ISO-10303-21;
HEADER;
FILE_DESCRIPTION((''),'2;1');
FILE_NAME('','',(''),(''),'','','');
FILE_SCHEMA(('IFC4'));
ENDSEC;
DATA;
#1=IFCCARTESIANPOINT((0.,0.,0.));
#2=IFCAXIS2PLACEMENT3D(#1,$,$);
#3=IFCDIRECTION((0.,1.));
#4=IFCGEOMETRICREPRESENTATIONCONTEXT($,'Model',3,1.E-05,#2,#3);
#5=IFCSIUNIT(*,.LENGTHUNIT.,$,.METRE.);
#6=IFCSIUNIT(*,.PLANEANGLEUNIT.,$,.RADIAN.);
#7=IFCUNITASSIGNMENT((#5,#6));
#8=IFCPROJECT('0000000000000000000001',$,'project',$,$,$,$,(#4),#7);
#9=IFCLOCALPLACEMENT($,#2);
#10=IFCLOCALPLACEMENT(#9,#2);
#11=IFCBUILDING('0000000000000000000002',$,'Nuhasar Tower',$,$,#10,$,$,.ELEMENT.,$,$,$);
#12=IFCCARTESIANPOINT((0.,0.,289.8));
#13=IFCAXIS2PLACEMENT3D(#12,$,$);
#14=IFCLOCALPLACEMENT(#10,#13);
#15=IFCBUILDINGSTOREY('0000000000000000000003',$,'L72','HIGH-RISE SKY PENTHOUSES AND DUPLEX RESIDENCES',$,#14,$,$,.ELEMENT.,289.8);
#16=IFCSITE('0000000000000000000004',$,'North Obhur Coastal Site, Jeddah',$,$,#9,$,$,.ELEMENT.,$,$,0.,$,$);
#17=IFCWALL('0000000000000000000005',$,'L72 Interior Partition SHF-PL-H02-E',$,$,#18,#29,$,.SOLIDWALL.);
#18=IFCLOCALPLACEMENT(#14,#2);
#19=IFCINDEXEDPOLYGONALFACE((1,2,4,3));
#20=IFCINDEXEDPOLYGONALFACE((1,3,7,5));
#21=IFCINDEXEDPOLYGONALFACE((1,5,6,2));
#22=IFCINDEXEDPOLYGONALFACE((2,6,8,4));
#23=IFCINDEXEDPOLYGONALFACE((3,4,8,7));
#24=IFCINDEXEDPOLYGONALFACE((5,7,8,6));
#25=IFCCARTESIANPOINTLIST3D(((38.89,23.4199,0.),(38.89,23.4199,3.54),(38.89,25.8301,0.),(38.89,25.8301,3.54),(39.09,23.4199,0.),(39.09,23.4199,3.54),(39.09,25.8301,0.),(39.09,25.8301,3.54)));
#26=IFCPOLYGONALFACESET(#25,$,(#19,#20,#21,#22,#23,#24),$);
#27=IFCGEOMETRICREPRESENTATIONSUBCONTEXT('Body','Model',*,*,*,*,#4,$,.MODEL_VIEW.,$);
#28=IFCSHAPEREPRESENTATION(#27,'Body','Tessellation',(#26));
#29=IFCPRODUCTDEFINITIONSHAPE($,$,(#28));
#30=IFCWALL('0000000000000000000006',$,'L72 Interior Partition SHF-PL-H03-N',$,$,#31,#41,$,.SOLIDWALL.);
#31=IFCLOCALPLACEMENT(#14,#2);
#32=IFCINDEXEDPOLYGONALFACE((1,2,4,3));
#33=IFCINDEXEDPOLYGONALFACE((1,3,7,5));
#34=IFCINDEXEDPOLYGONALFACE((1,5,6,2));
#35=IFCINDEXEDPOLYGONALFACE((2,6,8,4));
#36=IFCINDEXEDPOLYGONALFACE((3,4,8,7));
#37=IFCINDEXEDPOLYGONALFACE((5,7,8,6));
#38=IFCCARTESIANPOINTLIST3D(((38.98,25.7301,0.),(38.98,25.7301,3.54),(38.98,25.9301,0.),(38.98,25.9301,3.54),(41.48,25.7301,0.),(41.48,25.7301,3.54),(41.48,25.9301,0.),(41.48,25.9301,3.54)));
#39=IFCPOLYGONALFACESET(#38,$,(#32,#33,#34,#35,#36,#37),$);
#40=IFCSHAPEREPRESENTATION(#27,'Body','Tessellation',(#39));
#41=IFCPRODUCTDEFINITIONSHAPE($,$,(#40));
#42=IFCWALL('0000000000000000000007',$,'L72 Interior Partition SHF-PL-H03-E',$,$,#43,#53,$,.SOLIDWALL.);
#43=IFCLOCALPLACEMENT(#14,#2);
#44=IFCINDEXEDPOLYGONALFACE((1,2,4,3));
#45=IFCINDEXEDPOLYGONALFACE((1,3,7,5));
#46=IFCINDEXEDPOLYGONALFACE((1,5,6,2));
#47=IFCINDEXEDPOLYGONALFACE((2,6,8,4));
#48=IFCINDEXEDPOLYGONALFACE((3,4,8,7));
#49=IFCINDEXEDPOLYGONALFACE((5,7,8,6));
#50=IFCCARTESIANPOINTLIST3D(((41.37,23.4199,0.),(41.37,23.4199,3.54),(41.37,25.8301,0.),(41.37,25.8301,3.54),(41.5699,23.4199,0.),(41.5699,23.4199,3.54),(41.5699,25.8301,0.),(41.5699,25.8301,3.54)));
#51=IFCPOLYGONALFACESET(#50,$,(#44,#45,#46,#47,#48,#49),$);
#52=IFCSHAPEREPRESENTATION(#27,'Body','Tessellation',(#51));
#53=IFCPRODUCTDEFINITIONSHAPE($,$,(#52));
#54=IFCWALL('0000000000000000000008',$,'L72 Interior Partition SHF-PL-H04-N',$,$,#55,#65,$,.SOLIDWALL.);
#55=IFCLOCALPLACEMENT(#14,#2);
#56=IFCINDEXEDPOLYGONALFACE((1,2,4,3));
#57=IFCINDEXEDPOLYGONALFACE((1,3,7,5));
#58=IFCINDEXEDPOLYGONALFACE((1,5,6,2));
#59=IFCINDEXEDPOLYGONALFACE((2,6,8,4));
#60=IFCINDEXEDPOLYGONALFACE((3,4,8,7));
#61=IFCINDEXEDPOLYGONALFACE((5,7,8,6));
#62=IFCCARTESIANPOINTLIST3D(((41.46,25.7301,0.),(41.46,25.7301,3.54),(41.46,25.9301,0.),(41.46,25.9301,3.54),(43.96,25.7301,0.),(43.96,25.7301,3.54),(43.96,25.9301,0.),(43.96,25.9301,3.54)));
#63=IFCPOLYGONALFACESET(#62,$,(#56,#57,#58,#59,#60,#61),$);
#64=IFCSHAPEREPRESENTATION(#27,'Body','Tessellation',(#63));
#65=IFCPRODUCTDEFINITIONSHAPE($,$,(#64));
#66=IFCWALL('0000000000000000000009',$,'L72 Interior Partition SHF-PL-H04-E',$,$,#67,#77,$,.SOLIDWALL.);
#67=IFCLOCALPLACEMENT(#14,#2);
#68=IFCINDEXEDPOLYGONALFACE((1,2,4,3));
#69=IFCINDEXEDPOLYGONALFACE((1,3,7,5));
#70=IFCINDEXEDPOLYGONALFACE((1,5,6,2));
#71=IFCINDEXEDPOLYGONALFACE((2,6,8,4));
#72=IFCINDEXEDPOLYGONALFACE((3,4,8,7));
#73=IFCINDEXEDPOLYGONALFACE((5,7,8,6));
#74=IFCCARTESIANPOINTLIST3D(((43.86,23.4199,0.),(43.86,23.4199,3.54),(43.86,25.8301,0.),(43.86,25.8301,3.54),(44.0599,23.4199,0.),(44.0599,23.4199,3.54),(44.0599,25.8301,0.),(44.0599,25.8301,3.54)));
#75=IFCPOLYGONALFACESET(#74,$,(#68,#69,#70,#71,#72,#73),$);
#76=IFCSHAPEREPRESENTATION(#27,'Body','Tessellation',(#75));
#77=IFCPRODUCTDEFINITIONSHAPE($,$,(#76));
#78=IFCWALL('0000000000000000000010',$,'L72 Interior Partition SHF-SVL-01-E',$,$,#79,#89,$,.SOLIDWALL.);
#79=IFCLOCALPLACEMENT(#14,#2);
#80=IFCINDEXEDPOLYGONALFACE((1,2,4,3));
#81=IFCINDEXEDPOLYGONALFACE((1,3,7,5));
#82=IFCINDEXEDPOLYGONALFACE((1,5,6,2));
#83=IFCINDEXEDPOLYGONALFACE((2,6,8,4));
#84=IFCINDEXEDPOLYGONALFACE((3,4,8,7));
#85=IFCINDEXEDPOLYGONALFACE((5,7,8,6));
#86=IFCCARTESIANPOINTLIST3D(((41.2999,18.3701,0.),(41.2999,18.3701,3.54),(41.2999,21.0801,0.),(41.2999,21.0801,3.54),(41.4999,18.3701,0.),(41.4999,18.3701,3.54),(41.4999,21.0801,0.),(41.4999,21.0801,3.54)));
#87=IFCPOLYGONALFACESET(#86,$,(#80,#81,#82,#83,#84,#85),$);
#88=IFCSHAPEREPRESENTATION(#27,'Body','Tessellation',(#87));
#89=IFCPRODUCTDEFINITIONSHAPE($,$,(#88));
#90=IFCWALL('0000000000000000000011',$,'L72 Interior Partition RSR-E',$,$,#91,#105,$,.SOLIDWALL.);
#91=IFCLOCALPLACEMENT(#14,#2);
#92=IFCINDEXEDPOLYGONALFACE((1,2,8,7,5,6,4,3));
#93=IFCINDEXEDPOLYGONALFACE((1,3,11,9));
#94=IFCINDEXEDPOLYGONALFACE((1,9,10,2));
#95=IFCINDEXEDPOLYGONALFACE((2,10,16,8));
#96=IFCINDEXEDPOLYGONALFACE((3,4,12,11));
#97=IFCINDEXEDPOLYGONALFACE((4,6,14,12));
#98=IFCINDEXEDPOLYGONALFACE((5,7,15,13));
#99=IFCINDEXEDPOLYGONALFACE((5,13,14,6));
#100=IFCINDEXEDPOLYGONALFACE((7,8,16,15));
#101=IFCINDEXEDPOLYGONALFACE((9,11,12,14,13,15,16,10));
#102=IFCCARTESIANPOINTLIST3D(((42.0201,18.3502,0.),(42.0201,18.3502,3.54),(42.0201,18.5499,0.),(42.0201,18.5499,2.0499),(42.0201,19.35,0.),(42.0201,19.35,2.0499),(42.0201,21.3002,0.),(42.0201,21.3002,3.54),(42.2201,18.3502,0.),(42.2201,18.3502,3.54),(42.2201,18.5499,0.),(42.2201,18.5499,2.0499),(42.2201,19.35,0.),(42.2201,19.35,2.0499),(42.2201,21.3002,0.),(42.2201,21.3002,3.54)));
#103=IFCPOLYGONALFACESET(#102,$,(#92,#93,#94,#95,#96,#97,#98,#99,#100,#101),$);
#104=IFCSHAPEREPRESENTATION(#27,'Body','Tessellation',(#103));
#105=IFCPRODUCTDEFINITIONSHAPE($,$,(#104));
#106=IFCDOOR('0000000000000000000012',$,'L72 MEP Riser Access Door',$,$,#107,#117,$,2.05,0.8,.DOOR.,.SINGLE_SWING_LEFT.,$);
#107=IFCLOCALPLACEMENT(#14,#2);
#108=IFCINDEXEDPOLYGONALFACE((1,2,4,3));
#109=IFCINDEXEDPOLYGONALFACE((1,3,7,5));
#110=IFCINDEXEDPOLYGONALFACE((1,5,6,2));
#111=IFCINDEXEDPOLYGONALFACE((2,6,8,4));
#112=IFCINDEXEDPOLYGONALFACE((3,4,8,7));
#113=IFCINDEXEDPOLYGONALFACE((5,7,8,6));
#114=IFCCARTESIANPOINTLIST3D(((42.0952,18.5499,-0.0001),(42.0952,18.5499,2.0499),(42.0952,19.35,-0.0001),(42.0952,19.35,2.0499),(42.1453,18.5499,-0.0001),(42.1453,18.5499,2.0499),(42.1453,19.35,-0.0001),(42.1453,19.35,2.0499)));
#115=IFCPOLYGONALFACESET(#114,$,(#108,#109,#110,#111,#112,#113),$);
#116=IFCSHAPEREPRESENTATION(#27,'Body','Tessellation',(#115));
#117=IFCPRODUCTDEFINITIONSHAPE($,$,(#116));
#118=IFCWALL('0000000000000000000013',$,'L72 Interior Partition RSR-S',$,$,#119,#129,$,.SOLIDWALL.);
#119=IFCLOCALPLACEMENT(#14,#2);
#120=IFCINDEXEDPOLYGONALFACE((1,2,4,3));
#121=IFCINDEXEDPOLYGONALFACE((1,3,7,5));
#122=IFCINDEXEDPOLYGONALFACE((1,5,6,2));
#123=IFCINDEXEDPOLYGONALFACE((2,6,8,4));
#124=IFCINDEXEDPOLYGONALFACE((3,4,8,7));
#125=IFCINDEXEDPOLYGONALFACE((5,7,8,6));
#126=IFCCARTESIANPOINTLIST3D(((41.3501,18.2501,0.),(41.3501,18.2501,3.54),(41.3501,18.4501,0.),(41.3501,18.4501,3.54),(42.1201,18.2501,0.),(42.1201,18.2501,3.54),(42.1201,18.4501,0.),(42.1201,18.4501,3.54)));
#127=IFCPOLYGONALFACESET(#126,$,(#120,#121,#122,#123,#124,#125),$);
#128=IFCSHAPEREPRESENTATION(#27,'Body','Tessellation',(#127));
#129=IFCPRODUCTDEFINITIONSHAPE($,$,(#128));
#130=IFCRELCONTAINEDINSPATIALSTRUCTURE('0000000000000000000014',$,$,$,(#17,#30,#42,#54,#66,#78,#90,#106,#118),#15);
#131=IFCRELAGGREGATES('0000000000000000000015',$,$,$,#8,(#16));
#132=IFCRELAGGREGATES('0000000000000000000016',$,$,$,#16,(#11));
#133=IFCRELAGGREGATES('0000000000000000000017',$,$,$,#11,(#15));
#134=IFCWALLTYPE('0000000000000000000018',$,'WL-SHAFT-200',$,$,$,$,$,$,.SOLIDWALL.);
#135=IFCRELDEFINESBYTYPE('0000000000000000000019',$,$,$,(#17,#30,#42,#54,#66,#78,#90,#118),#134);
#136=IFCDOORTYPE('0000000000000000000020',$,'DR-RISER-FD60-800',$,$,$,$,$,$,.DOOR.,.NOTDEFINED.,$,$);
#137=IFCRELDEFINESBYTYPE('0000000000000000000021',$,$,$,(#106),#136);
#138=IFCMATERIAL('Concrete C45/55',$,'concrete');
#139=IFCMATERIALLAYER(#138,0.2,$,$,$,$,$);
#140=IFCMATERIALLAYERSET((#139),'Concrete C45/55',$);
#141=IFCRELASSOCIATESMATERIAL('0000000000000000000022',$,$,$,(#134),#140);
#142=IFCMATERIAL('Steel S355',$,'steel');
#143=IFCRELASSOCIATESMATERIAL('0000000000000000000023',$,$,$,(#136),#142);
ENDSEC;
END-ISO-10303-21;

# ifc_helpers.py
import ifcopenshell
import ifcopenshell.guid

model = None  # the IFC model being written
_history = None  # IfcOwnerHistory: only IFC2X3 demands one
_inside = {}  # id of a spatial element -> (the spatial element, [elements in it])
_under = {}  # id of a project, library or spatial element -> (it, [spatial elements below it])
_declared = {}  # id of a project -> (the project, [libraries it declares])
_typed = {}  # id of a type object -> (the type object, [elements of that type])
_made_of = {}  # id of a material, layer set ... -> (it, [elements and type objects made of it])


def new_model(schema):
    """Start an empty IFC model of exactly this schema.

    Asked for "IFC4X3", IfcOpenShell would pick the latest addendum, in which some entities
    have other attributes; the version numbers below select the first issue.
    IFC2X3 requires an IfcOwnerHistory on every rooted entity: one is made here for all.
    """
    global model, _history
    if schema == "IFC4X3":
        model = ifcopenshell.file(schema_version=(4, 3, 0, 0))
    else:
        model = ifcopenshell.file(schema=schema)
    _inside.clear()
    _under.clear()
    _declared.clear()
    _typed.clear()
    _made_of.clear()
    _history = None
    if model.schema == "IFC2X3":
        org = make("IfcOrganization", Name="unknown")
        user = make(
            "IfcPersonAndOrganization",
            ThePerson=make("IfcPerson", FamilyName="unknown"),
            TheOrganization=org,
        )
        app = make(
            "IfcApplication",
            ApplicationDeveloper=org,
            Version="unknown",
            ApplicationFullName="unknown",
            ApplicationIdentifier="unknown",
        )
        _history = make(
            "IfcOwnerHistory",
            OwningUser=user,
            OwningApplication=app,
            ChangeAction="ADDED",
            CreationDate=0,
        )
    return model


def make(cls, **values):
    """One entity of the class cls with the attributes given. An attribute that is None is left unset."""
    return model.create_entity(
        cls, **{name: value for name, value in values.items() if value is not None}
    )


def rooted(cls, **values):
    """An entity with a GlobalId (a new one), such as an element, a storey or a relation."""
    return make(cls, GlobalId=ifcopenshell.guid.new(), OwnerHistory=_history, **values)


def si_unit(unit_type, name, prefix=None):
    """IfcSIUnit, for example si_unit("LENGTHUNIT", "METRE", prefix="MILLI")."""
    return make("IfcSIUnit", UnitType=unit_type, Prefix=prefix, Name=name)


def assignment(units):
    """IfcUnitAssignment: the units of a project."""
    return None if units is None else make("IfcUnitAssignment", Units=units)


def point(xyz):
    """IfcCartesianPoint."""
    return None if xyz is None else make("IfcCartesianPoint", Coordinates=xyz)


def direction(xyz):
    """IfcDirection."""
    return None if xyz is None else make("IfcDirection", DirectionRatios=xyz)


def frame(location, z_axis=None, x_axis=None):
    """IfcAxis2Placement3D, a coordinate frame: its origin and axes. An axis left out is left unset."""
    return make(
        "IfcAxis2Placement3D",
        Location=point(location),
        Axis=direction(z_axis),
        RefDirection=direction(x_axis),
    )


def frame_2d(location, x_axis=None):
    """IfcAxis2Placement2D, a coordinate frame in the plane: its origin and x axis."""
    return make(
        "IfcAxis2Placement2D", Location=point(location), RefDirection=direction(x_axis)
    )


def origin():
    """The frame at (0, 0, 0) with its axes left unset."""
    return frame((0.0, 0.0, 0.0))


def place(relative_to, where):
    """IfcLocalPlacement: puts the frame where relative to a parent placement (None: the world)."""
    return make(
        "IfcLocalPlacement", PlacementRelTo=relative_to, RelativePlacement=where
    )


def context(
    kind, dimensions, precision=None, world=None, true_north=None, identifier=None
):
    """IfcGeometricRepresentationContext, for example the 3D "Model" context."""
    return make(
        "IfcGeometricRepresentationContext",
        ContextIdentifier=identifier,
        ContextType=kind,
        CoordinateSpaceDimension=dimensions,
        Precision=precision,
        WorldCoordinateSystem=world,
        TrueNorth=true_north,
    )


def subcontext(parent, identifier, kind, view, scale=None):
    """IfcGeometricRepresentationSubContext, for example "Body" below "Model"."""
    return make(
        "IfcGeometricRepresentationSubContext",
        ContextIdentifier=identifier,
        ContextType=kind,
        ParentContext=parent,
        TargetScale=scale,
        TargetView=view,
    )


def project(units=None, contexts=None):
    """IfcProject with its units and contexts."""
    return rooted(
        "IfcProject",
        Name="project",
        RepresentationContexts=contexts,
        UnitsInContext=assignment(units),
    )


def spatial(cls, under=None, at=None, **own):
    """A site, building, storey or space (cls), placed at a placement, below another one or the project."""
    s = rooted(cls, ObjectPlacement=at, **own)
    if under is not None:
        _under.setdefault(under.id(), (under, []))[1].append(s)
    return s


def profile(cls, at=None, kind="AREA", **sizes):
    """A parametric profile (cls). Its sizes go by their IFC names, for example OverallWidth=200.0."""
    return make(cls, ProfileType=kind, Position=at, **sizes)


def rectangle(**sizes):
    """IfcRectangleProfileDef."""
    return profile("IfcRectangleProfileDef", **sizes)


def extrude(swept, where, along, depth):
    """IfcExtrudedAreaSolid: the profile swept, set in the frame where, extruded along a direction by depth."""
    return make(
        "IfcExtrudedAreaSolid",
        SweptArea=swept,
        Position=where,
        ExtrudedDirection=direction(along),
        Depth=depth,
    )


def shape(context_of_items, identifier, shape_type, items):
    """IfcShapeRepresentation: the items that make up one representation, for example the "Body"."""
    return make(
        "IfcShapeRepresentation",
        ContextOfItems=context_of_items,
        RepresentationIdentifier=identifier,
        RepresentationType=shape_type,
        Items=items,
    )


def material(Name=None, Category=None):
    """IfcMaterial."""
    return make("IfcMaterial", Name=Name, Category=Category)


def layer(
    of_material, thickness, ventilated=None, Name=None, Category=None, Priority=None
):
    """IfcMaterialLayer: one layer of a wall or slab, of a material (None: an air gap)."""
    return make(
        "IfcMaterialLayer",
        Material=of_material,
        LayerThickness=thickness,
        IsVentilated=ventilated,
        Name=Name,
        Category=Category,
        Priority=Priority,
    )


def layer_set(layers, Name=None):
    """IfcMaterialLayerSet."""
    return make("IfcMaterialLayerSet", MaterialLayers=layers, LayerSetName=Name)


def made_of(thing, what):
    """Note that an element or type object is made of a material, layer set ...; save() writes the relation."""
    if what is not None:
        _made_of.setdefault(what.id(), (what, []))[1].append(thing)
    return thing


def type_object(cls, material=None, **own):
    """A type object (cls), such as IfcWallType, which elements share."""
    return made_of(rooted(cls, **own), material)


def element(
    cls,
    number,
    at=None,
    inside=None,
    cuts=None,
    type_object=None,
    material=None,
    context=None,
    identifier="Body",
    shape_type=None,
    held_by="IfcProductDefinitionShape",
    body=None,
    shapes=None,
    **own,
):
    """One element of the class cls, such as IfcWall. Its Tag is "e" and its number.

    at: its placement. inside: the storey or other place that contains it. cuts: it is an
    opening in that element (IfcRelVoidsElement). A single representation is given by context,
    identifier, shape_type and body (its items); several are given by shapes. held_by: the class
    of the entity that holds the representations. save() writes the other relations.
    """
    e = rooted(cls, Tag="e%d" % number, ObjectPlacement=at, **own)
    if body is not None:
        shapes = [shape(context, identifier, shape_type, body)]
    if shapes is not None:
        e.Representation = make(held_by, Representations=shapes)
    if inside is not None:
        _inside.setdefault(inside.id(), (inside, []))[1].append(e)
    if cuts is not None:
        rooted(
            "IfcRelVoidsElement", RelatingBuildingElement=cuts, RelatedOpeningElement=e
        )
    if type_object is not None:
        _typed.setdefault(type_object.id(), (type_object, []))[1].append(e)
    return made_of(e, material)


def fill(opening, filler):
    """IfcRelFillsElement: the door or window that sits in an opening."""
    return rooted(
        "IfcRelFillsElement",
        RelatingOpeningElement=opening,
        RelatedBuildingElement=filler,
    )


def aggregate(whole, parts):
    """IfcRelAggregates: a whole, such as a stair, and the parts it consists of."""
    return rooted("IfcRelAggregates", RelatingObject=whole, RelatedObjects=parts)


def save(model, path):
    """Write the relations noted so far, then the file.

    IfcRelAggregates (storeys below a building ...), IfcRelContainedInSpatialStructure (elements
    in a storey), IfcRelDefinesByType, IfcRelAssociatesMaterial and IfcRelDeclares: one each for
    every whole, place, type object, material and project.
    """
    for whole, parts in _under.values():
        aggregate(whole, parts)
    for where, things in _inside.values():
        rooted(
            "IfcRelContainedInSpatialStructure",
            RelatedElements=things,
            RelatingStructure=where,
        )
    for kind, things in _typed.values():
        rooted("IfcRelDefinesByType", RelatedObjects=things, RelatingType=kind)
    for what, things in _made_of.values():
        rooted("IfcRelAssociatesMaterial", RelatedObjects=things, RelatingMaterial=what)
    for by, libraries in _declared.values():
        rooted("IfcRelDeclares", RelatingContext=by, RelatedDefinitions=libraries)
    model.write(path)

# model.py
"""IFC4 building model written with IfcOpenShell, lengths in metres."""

from ifc_helpers import new_model, si_unit, direction, frame, frame_2d, origin, place, context, subcontext, project, spatial, rectangle, extrude, material, layer, layer_set, type_object, element, fill, save


model = new_model("IFC4")

# Units and contexts
model_context = context("Model", 3, precision=1e-05, world=origin(), true_north=direction((0.0, 1.0)))
body_context = subcontext(model_context, "Body", "Model", "MODEL_VIEW")
ifc_project = project(units=[si_unit("LENGTHUNIT", "METRE"), si_unit("PLANEANGLEUNIT", "RADIAN")], contexts=[model_context])

# Site, building, storey
site_placement = place(None, origin())
site = spatial("IfcSite", under=ifc_project, at=site_placement, Name="North Obhur Coastal Site, Jeddah", CompositionType="ELEMENT", RefElevation=0.0)
building_placement = place(site_placement, origin())
building = spatial("IfcBuilding", under=site, at=building_placement, Name="Nuhasar Tower", CompositionType="ELEMENT")
storey_placement = place(building_placement, frame((0.0, 0.0, 289.8)))
storey = spatial("IfcBuildingStorey", under=building, at=storey_placement, Name="L72", Description="HIGH-RISE SKY PENTHOUSES AND DUPLEX RESIDENCES", CompositionType="ELEMENT", Elevation=289.8)

# Shared definitions
ifc_material_1 = material(Name="Steel S355", Category="steel")

# Shared definitions
ifc_material_2 = material(Name="Concrete C45/55", Category="concrete")

# Wall
ifc_layer_1 = layer(ifc_material_2, 0.2)
ifc_layer_set_1 = layer_set([ifc_layer_1], Name="Concrete C45/55")
wall_type_1 = type_object("IfcWallType", Name="WL-SHAFT-200", PredefinedType="SOLIDWALL", material=ifc_layer_set_1)
wall_1_placement = place(storey_placement, frame((38.99, 23.4199, 0.0), z_axis=(0.0, 0.0, 1.0), x_axis=(0.0, 1.0, 0.0)))
element("IfcWall", 1, at=wall_1_placement, inside=storey, type_object=wall_type_1, Name="L72 Interior Partition SHF-PL-H02-E", PredefinedType="SOLIDWALL", context=body_context, shape_type="SweptSolid", body=[
    extrude(rectangle(XDim=2.4102, YDim=0.2, at=frame_2d((1.2051, 0.0))), origin(), (0.0, 0.0, 1.0), 3.54),
])

# Walls
wall_2_placement = place(storey_placement, frame((38.98, 25.8301, 0.0), z_axis=(0.0, 0.0, 1.0), x_axis=(1.0, 0.0, 0.0)))
element("IfcWall", 2, at=wall_2_placement, inside=storey, type_object=wall_type_1, Name="L72 Interior Partition SHF-PL-H03-N", PredefinedType="SOLIDWALL", context=body_context, shape_type="SweptSolid", body=[
    extrude(rectangle(XDim=2.5, YDim=0.2, at=frame_2d((1.25, 0.0))), origin(), (0.0, 0.0, 1.0), 3.54),
])
wall_3_placement = place(storey_placement, frame((41.47, 23.4199, 0.0), z_axis=(0.0, 0.0, 1.0), x_axis=(0.0, 1.0, 0.0)))
element("IfcWall", 3, at=wall_3_placement, inside=storey, type_object=wall_type_1, Name="L72 Interior Partition SHF-PL-H03-E", PredefinedType="SOLIDWALL", context=body_context, shape_type="SweptSolid", body=[
    extrude(rectangle(XDim=2.4102, YDim=0.2, at=frame_2d((1.2051, 0.0))), origin(), (0.0, 0.0, 1.0), 3.54),
])

# Walls
wall_4_placement = place(storey_placement, frame((41.46, 25.8301, 0.0), z_axis=(0.0, 0.0, 1.0), x_axis=(1.0, 0.0, 0.0)))
element("IfcWall", 4, at=wall_4_placement, inside=storey, type_object=wall_type_1, Name="L72 Interior Partition SHF-PL-H04-N", PredefinedType="SOLIDWALL", context=body_context, shape_type="SweptSolid", body=[
    extrude(rectangle(XDim=2.5, YDim=0.2, at=frame_2d((1.25, 0.0))), origin(), (0.0, 0.0, 1.0), 3.54),
])
wall_5_placement = place(storey_placement, frame((43.96, 23.4199, 0.0), z_axis=(0.0, 0.0, 1.0), x_axis=(0.0, 1.0, 0.0)))
element("IfcWall", 5, at=wall_5_placement, inside=storey, type_object=wall_type_1, Name="L72 Interior Partition SHF-PL-H04-E", PredefinedType="SOLIDWALL", context=body_context, shape_type="SweptSolid", body=[
    extrude(rectangle(XDim=2.4102, YDim=0.2, at=frame_2d((1.2051, 0.0))), origin(), (0.0, 0.0, 1.0), 3.54),
])
wall_6_placement = place(storey_placement, frame((41.3999, 18.3701, 0.0), z_axis=(0.0, 0.0, 1.0), x_axis=(0.0, 1.0, 0.0)))
element("IfcWall", 6, at=wall_6_placement, inside=storey, type_object=wall_type_1, Name="L72 Interior Partition SHF-SVL-01-E", PredefinedType="SOLIDWALL", context=body_context, shape_type="SweptSolid", body=[
    extrude(rectangle(XDim=2.71, YDim=0.2, at=frame_2d((1.355, 0.0))), origin(), (0.0, 0.0, 1.0), 3.54),
])

# Wall, opening, door
wall_7_placement = place(storey_placement, frame((42.1201, 18.3501, 0.0), z_axis=(0.0, 0.0, 1.0), x_axis=(0.0, 1.0, 0.0)))
wall_7 = element("IfcWall", 7, at=wall_7_placement, inside=storey, type_object=wall_type_1, Name="L72 Interior Partition RSR-E", PredefinedType="SOLIDWALL", context=body_context, shape_type="SweptSolid", body=[
    extrude(rectangle(XDim=2.95, YDim=0.2, at=frame_2d((1.4751, 0.0))), origin(), (0.0, 0.0, 1.0), 3.54),
])
opening_1_placement = place(wall_7_placement, frame((0.2, 0.0, 0.0)))
opening_1 = element("IfcOpeningElement", 8, at=opening_1_placement, cuts=wall_7, PredefinedType="OPENING", context=body_context, shape_type="SweptSolid", body=[
    extrude(rectangle(XDim=0.8, YDim=2.05, at=frame_2d((0.3999, 1.0249))), frame((0.0, 0.1099, 0.0), z_axis=(0.0, -1.0, 0.0), x_axis=(1.0, 0.0, 0.0)), (0.0, 0.0, 1.0), 0.22),
])
door_type_1 = type_object("IfcDoorType", Name="DR-RISER-FD60-800", OperationType="NOTDEFINED", PredefinedType="DOOR", material=ifc_material_1)
door_1_placement = place(opening_1_placement, origin())
door_1 = element("IfcDoor", 9, at=door_1_placement, inside=storey, type_object=door_type_1, Name="L72 MEP Riser Access Door", OperationType="SINGLE_SWING_LEFT", OverallHeight=2.05, OverallWidth=0.8, PredefinedType="DOOR", context=body_context, shape_type="SweptSolid", body=[
    extrude(rectangle(XDim=0.8, YDim=2.05, at=frame_2d((0.3999, 1.0249))), frame((0.0, 0.0249, 0.0), z_axis=(0.0, -1.0, 0.0), x_axis=(1.0, 0.0, 0.0)), (0.0, 0.0, 1.0), 0.05),
])
fill(opening_1, door_1)

# Wall
wall_8_placement = place(storey_placement, frame((41.3501, 18.3501, 0.0), z_axis=(0.0, 0.0, 1.0), x_axis=(1.0, 0.0, 0.0)))
element("IfcWall", 10, at=wall_8_placement, inside=storey, type_object=wall_type_1, Name="L72 Interior Partition RSR-S", PredefinedType="SOLIDWALL", context=body_context, shape_type="SweptSolid", body=[
    extrude(rectangle(XDim=0.77, YDim=0.2, at=frame_2d((0.385, 0.0))), origin(), (0.0, 0.0, 1.0), 3.54),
])

save(model, "model.ifc")
